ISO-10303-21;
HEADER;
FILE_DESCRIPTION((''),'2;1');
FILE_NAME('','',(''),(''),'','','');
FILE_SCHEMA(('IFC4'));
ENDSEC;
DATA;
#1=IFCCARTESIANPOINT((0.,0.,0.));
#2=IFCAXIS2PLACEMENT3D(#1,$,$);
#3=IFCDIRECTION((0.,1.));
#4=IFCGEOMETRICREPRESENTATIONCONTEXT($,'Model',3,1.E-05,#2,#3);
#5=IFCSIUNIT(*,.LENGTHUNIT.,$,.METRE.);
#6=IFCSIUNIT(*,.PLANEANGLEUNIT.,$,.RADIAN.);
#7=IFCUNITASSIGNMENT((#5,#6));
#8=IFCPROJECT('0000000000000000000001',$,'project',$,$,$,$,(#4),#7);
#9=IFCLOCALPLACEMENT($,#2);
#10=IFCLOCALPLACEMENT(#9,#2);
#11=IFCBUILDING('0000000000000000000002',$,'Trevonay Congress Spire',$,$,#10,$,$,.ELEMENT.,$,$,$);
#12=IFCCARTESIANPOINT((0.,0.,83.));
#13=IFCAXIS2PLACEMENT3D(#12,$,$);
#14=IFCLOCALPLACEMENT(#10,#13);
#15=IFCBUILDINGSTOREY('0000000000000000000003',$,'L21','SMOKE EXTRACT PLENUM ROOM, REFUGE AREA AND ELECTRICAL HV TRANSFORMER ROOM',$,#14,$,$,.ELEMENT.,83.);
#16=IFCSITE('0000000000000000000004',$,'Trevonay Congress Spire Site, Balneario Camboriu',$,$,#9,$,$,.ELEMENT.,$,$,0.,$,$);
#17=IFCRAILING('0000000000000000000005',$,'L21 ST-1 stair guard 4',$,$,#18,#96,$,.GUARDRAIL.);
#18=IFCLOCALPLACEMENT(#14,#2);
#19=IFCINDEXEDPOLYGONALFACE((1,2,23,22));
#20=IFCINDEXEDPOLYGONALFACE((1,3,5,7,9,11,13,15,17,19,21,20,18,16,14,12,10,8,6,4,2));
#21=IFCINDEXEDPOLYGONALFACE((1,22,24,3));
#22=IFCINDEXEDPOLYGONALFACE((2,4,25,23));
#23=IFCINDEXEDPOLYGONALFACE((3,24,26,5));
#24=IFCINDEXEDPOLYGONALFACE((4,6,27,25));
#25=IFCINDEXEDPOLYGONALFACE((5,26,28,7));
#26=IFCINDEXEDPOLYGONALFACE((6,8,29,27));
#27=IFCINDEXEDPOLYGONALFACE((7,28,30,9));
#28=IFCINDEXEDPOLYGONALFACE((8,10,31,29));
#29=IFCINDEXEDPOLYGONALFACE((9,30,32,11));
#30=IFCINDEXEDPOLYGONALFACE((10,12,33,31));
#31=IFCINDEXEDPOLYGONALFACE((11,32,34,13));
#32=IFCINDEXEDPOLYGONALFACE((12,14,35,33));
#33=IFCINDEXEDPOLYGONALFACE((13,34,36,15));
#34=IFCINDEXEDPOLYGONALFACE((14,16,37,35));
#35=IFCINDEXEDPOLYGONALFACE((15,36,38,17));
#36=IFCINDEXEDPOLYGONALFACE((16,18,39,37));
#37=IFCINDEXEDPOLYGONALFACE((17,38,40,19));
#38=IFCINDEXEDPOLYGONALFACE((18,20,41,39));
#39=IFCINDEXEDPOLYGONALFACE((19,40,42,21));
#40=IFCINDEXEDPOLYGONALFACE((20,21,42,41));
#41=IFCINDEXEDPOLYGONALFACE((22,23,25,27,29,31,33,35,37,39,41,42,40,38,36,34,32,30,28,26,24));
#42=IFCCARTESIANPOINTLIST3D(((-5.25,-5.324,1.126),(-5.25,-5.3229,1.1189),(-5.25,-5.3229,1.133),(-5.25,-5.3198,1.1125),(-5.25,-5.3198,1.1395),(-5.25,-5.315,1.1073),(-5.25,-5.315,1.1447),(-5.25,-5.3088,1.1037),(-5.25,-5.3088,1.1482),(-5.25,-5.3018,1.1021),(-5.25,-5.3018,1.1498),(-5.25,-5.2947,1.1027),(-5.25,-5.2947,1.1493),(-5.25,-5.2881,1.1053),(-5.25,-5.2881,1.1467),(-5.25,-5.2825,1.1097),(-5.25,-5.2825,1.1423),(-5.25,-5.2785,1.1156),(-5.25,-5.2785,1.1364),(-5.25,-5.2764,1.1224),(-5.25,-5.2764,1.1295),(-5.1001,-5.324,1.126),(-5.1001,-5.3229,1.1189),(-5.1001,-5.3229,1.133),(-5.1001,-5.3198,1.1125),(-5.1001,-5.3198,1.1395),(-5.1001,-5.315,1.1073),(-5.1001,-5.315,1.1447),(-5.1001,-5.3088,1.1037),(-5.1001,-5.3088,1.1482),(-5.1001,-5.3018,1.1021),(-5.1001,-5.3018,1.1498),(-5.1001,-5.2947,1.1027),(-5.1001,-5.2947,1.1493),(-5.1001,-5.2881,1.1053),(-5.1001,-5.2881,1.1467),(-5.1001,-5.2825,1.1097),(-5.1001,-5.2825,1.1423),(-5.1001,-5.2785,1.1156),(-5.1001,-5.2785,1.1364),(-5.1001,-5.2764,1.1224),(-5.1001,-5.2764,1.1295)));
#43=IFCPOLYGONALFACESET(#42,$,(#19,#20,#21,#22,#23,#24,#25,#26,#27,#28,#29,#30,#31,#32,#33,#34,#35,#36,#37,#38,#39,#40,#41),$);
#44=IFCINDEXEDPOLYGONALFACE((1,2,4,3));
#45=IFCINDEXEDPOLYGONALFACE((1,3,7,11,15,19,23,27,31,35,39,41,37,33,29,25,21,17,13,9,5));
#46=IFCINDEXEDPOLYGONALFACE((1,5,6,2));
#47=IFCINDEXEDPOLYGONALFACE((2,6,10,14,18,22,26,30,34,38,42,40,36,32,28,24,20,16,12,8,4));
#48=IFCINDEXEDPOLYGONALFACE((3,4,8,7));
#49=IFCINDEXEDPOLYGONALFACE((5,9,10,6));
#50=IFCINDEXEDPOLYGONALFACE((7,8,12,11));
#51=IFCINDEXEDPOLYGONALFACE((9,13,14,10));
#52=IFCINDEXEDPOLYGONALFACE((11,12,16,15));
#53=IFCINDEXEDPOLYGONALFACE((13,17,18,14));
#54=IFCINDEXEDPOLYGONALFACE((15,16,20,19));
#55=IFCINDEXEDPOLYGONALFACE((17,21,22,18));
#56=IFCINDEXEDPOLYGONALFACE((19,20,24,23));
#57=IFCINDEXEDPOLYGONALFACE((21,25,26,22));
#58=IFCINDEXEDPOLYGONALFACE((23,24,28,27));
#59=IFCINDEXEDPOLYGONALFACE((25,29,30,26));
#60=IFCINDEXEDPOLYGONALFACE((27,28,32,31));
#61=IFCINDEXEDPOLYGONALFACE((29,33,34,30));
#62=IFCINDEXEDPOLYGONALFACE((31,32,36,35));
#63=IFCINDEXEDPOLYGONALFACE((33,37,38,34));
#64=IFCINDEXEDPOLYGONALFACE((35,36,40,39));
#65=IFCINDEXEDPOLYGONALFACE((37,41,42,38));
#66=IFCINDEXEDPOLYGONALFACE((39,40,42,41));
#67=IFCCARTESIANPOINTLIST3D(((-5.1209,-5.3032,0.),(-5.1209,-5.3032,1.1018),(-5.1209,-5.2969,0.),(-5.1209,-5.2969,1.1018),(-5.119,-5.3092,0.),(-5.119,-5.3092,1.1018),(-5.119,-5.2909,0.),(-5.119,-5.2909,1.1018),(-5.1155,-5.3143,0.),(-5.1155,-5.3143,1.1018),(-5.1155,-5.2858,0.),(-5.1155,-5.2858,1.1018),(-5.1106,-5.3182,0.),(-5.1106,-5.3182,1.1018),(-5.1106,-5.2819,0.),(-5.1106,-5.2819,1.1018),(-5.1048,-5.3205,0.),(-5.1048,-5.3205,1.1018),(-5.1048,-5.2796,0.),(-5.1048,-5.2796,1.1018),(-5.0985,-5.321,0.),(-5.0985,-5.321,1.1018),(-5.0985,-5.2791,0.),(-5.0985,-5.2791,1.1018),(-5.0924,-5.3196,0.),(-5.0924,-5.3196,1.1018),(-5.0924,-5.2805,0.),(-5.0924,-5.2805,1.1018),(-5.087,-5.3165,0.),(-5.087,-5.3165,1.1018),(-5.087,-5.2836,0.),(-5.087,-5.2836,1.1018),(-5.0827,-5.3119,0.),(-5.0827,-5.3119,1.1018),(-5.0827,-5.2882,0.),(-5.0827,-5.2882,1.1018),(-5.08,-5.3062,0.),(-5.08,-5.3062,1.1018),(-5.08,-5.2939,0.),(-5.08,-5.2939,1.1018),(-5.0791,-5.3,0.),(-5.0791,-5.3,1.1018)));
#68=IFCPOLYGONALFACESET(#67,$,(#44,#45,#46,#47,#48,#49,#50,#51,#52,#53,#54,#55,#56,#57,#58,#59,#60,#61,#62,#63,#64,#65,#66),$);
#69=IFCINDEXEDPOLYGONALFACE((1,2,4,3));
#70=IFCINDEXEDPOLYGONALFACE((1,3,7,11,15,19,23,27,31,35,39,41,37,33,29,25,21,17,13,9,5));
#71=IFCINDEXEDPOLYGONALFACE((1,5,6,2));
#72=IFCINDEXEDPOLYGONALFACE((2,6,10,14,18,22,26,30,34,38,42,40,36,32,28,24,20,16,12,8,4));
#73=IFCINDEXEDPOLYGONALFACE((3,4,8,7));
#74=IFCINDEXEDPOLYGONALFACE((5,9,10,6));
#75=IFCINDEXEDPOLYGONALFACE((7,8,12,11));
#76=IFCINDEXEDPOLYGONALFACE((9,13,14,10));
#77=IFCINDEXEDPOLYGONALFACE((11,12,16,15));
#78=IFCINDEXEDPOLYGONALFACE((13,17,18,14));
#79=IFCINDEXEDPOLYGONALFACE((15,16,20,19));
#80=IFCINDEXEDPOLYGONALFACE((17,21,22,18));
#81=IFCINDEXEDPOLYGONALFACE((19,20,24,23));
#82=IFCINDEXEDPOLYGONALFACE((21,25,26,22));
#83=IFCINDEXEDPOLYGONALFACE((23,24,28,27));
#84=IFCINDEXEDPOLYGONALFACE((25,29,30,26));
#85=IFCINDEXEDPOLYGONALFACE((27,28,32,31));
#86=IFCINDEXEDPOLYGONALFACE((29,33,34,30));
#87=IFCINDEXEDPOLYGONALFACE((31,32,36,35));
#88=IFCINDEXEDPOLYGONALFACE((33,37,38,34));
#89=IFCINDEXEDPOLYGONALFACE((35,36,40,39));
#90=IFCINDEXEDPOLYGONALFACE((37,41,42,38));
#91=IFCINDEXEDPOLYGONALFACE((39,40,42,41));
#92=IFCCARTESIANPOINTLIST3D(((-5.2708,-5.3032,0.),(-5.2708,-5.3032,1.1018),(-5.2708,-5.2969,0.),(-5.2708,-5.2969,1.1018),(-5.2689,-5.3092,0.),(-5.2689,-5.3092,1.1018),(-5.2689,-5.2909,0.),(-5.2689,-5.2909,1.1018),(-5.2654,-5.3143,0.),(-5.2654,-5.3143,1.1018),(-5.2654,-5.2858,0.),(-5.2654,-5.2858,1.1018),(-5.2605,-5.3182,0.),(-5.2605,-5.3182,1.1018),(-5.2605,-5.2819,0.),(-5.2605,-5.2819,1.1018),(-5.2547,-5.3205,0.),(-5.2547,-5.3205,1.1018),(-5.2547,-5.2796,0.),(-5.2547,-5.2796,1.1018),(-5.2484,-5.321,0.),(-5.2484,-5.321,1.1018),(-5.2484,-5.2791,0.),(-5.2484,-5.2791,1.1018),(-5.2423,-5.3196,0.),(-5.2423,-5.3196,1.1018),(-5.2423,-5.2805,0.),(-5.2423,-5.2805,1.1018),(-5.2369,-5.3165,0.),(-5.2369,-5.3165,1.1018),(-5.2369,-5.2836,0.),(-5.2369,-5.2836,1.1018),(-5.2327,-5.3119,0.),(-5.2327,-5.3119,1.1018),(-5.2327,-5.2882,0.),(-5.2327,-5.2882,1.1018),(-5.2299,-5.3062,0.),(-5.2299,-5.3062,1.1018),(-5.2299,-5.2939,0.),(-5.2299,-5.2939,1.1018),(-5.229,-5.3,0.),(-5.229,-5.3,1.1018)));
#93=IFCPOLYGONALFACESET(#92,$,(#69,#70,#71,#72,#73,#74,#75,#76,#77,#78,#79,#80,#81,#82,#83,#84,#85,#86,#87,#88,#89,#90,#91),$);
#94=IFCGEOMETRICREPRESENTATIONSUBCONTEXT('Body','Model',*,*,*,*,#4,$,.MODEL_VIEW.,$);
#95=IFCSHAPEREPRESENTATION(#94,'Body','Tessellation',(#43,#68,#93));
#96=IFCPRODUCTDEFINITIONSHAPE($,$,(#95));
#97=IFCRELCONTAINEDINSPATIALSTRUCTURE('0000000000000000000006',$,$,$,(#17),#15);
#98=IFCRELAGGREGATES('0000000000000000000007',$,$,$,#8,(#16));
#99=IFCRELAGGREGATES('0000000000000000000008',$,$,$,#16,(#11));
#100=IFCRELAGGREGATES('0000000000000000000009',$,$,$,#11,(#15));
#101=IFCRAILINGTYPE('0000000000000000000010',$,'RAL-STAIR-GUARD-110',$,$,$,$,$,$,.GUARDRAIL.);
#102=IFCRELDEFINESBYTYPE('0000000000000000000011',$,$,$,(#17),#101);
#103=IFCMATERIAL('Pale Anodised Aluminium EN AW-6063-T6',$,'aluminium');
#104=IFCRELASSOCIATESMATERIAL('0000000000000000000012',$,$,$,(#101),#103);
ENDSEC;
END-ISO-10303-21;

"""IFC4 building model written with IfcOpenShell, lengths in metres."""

from ifc_helpers import new_model, si_unit, direction, frame, origin, origin_2d, place, context, subcontext, project, spatial, circle, extrude, material, type_object, element, save


model = new_model("IFC4")

# Units and contexts
model_context = context("Model", 3, precision=1e-05, world=origin(), true_north=direction((0.0, 1.0)))
body_context = subcontext(model_context, "Body", "Model", "MODEL_VIEW")
ifc_project = project(units=[si_unit("LENGTHUNIT", "METRE"), si_unit("PLANEANGLEUNIT", "RADIAN")], contexts=[model_context])

# Site, building, storey
site_placement = place(None, origin())
site = spatial("IfcSite", under=ifc_project, at=site_placement, Name="Trevonay Congress Spire Site, Balneario Camboriu", CompositionType="ELEMENT", RefElevation=0.0)
building_placement = place(site_placement, origin())
building = spatial("IfcBuilding", under=site, at=building_placement, Name="Trevonay Congress Spire", CompositionType="ELEMENT")
storey_placement = place(building_placement, frame((0.0, 0.0, 83.0)))
storey = spatial("IfcBuildingStorey", under=building, at=storey_placement, Name="L21", Description="SMOKE EXTRACT PLENUM ROOM, REFUGE AREA AND ELECTRICAL HV TRANSFORMER ROOM", CompositionType="ELEMENT", Elevation=83.0)

# Shared definitions
ifc_material_1 = material(Name="Pale Anodised Aluminium EN AW-6063-T6", Category="aluminium")

# Railing
railing_type_1 = type_object("IfcRailingType", Name="RAL-STAIR-GUARD-110", PredefinedType="GUARDRAIL", material=ifc_material_1)
railing_1_placement = place(storey_placement, frame((-5.1001, -5.3, 0.0)))
element("IfcRailing", 1, at=railing_1_placement, inside=storey, type_object=railing_type_1, Name="L21 ST-1 stair guard 4", PredefinedType="GUARDRAIL", context=body_context, shape_type="SweptSolid", body=[
    extrude(circle(Radius=0.0239, at=origin_2d()), frame((0.0, 0.0, 1.126), z_axis=(-1.0, 0.0, 0.0), x_axis=(0.0, -1.0, 0.0)), (0.0, 0.0, 1.0), 0.1499),
    extrude(circle(Radius=0.021, at=origin_2d()), origin(), (0.0, 0.0, 1.0), 1.1018),
    extrude(circle(Radius=0.021, at=origin_2d()), frame((-0.1499, 0.0, 0.0)), (0.0, 0.0, 1.0), 1.1018),
])

save(model, "model.ifc")
